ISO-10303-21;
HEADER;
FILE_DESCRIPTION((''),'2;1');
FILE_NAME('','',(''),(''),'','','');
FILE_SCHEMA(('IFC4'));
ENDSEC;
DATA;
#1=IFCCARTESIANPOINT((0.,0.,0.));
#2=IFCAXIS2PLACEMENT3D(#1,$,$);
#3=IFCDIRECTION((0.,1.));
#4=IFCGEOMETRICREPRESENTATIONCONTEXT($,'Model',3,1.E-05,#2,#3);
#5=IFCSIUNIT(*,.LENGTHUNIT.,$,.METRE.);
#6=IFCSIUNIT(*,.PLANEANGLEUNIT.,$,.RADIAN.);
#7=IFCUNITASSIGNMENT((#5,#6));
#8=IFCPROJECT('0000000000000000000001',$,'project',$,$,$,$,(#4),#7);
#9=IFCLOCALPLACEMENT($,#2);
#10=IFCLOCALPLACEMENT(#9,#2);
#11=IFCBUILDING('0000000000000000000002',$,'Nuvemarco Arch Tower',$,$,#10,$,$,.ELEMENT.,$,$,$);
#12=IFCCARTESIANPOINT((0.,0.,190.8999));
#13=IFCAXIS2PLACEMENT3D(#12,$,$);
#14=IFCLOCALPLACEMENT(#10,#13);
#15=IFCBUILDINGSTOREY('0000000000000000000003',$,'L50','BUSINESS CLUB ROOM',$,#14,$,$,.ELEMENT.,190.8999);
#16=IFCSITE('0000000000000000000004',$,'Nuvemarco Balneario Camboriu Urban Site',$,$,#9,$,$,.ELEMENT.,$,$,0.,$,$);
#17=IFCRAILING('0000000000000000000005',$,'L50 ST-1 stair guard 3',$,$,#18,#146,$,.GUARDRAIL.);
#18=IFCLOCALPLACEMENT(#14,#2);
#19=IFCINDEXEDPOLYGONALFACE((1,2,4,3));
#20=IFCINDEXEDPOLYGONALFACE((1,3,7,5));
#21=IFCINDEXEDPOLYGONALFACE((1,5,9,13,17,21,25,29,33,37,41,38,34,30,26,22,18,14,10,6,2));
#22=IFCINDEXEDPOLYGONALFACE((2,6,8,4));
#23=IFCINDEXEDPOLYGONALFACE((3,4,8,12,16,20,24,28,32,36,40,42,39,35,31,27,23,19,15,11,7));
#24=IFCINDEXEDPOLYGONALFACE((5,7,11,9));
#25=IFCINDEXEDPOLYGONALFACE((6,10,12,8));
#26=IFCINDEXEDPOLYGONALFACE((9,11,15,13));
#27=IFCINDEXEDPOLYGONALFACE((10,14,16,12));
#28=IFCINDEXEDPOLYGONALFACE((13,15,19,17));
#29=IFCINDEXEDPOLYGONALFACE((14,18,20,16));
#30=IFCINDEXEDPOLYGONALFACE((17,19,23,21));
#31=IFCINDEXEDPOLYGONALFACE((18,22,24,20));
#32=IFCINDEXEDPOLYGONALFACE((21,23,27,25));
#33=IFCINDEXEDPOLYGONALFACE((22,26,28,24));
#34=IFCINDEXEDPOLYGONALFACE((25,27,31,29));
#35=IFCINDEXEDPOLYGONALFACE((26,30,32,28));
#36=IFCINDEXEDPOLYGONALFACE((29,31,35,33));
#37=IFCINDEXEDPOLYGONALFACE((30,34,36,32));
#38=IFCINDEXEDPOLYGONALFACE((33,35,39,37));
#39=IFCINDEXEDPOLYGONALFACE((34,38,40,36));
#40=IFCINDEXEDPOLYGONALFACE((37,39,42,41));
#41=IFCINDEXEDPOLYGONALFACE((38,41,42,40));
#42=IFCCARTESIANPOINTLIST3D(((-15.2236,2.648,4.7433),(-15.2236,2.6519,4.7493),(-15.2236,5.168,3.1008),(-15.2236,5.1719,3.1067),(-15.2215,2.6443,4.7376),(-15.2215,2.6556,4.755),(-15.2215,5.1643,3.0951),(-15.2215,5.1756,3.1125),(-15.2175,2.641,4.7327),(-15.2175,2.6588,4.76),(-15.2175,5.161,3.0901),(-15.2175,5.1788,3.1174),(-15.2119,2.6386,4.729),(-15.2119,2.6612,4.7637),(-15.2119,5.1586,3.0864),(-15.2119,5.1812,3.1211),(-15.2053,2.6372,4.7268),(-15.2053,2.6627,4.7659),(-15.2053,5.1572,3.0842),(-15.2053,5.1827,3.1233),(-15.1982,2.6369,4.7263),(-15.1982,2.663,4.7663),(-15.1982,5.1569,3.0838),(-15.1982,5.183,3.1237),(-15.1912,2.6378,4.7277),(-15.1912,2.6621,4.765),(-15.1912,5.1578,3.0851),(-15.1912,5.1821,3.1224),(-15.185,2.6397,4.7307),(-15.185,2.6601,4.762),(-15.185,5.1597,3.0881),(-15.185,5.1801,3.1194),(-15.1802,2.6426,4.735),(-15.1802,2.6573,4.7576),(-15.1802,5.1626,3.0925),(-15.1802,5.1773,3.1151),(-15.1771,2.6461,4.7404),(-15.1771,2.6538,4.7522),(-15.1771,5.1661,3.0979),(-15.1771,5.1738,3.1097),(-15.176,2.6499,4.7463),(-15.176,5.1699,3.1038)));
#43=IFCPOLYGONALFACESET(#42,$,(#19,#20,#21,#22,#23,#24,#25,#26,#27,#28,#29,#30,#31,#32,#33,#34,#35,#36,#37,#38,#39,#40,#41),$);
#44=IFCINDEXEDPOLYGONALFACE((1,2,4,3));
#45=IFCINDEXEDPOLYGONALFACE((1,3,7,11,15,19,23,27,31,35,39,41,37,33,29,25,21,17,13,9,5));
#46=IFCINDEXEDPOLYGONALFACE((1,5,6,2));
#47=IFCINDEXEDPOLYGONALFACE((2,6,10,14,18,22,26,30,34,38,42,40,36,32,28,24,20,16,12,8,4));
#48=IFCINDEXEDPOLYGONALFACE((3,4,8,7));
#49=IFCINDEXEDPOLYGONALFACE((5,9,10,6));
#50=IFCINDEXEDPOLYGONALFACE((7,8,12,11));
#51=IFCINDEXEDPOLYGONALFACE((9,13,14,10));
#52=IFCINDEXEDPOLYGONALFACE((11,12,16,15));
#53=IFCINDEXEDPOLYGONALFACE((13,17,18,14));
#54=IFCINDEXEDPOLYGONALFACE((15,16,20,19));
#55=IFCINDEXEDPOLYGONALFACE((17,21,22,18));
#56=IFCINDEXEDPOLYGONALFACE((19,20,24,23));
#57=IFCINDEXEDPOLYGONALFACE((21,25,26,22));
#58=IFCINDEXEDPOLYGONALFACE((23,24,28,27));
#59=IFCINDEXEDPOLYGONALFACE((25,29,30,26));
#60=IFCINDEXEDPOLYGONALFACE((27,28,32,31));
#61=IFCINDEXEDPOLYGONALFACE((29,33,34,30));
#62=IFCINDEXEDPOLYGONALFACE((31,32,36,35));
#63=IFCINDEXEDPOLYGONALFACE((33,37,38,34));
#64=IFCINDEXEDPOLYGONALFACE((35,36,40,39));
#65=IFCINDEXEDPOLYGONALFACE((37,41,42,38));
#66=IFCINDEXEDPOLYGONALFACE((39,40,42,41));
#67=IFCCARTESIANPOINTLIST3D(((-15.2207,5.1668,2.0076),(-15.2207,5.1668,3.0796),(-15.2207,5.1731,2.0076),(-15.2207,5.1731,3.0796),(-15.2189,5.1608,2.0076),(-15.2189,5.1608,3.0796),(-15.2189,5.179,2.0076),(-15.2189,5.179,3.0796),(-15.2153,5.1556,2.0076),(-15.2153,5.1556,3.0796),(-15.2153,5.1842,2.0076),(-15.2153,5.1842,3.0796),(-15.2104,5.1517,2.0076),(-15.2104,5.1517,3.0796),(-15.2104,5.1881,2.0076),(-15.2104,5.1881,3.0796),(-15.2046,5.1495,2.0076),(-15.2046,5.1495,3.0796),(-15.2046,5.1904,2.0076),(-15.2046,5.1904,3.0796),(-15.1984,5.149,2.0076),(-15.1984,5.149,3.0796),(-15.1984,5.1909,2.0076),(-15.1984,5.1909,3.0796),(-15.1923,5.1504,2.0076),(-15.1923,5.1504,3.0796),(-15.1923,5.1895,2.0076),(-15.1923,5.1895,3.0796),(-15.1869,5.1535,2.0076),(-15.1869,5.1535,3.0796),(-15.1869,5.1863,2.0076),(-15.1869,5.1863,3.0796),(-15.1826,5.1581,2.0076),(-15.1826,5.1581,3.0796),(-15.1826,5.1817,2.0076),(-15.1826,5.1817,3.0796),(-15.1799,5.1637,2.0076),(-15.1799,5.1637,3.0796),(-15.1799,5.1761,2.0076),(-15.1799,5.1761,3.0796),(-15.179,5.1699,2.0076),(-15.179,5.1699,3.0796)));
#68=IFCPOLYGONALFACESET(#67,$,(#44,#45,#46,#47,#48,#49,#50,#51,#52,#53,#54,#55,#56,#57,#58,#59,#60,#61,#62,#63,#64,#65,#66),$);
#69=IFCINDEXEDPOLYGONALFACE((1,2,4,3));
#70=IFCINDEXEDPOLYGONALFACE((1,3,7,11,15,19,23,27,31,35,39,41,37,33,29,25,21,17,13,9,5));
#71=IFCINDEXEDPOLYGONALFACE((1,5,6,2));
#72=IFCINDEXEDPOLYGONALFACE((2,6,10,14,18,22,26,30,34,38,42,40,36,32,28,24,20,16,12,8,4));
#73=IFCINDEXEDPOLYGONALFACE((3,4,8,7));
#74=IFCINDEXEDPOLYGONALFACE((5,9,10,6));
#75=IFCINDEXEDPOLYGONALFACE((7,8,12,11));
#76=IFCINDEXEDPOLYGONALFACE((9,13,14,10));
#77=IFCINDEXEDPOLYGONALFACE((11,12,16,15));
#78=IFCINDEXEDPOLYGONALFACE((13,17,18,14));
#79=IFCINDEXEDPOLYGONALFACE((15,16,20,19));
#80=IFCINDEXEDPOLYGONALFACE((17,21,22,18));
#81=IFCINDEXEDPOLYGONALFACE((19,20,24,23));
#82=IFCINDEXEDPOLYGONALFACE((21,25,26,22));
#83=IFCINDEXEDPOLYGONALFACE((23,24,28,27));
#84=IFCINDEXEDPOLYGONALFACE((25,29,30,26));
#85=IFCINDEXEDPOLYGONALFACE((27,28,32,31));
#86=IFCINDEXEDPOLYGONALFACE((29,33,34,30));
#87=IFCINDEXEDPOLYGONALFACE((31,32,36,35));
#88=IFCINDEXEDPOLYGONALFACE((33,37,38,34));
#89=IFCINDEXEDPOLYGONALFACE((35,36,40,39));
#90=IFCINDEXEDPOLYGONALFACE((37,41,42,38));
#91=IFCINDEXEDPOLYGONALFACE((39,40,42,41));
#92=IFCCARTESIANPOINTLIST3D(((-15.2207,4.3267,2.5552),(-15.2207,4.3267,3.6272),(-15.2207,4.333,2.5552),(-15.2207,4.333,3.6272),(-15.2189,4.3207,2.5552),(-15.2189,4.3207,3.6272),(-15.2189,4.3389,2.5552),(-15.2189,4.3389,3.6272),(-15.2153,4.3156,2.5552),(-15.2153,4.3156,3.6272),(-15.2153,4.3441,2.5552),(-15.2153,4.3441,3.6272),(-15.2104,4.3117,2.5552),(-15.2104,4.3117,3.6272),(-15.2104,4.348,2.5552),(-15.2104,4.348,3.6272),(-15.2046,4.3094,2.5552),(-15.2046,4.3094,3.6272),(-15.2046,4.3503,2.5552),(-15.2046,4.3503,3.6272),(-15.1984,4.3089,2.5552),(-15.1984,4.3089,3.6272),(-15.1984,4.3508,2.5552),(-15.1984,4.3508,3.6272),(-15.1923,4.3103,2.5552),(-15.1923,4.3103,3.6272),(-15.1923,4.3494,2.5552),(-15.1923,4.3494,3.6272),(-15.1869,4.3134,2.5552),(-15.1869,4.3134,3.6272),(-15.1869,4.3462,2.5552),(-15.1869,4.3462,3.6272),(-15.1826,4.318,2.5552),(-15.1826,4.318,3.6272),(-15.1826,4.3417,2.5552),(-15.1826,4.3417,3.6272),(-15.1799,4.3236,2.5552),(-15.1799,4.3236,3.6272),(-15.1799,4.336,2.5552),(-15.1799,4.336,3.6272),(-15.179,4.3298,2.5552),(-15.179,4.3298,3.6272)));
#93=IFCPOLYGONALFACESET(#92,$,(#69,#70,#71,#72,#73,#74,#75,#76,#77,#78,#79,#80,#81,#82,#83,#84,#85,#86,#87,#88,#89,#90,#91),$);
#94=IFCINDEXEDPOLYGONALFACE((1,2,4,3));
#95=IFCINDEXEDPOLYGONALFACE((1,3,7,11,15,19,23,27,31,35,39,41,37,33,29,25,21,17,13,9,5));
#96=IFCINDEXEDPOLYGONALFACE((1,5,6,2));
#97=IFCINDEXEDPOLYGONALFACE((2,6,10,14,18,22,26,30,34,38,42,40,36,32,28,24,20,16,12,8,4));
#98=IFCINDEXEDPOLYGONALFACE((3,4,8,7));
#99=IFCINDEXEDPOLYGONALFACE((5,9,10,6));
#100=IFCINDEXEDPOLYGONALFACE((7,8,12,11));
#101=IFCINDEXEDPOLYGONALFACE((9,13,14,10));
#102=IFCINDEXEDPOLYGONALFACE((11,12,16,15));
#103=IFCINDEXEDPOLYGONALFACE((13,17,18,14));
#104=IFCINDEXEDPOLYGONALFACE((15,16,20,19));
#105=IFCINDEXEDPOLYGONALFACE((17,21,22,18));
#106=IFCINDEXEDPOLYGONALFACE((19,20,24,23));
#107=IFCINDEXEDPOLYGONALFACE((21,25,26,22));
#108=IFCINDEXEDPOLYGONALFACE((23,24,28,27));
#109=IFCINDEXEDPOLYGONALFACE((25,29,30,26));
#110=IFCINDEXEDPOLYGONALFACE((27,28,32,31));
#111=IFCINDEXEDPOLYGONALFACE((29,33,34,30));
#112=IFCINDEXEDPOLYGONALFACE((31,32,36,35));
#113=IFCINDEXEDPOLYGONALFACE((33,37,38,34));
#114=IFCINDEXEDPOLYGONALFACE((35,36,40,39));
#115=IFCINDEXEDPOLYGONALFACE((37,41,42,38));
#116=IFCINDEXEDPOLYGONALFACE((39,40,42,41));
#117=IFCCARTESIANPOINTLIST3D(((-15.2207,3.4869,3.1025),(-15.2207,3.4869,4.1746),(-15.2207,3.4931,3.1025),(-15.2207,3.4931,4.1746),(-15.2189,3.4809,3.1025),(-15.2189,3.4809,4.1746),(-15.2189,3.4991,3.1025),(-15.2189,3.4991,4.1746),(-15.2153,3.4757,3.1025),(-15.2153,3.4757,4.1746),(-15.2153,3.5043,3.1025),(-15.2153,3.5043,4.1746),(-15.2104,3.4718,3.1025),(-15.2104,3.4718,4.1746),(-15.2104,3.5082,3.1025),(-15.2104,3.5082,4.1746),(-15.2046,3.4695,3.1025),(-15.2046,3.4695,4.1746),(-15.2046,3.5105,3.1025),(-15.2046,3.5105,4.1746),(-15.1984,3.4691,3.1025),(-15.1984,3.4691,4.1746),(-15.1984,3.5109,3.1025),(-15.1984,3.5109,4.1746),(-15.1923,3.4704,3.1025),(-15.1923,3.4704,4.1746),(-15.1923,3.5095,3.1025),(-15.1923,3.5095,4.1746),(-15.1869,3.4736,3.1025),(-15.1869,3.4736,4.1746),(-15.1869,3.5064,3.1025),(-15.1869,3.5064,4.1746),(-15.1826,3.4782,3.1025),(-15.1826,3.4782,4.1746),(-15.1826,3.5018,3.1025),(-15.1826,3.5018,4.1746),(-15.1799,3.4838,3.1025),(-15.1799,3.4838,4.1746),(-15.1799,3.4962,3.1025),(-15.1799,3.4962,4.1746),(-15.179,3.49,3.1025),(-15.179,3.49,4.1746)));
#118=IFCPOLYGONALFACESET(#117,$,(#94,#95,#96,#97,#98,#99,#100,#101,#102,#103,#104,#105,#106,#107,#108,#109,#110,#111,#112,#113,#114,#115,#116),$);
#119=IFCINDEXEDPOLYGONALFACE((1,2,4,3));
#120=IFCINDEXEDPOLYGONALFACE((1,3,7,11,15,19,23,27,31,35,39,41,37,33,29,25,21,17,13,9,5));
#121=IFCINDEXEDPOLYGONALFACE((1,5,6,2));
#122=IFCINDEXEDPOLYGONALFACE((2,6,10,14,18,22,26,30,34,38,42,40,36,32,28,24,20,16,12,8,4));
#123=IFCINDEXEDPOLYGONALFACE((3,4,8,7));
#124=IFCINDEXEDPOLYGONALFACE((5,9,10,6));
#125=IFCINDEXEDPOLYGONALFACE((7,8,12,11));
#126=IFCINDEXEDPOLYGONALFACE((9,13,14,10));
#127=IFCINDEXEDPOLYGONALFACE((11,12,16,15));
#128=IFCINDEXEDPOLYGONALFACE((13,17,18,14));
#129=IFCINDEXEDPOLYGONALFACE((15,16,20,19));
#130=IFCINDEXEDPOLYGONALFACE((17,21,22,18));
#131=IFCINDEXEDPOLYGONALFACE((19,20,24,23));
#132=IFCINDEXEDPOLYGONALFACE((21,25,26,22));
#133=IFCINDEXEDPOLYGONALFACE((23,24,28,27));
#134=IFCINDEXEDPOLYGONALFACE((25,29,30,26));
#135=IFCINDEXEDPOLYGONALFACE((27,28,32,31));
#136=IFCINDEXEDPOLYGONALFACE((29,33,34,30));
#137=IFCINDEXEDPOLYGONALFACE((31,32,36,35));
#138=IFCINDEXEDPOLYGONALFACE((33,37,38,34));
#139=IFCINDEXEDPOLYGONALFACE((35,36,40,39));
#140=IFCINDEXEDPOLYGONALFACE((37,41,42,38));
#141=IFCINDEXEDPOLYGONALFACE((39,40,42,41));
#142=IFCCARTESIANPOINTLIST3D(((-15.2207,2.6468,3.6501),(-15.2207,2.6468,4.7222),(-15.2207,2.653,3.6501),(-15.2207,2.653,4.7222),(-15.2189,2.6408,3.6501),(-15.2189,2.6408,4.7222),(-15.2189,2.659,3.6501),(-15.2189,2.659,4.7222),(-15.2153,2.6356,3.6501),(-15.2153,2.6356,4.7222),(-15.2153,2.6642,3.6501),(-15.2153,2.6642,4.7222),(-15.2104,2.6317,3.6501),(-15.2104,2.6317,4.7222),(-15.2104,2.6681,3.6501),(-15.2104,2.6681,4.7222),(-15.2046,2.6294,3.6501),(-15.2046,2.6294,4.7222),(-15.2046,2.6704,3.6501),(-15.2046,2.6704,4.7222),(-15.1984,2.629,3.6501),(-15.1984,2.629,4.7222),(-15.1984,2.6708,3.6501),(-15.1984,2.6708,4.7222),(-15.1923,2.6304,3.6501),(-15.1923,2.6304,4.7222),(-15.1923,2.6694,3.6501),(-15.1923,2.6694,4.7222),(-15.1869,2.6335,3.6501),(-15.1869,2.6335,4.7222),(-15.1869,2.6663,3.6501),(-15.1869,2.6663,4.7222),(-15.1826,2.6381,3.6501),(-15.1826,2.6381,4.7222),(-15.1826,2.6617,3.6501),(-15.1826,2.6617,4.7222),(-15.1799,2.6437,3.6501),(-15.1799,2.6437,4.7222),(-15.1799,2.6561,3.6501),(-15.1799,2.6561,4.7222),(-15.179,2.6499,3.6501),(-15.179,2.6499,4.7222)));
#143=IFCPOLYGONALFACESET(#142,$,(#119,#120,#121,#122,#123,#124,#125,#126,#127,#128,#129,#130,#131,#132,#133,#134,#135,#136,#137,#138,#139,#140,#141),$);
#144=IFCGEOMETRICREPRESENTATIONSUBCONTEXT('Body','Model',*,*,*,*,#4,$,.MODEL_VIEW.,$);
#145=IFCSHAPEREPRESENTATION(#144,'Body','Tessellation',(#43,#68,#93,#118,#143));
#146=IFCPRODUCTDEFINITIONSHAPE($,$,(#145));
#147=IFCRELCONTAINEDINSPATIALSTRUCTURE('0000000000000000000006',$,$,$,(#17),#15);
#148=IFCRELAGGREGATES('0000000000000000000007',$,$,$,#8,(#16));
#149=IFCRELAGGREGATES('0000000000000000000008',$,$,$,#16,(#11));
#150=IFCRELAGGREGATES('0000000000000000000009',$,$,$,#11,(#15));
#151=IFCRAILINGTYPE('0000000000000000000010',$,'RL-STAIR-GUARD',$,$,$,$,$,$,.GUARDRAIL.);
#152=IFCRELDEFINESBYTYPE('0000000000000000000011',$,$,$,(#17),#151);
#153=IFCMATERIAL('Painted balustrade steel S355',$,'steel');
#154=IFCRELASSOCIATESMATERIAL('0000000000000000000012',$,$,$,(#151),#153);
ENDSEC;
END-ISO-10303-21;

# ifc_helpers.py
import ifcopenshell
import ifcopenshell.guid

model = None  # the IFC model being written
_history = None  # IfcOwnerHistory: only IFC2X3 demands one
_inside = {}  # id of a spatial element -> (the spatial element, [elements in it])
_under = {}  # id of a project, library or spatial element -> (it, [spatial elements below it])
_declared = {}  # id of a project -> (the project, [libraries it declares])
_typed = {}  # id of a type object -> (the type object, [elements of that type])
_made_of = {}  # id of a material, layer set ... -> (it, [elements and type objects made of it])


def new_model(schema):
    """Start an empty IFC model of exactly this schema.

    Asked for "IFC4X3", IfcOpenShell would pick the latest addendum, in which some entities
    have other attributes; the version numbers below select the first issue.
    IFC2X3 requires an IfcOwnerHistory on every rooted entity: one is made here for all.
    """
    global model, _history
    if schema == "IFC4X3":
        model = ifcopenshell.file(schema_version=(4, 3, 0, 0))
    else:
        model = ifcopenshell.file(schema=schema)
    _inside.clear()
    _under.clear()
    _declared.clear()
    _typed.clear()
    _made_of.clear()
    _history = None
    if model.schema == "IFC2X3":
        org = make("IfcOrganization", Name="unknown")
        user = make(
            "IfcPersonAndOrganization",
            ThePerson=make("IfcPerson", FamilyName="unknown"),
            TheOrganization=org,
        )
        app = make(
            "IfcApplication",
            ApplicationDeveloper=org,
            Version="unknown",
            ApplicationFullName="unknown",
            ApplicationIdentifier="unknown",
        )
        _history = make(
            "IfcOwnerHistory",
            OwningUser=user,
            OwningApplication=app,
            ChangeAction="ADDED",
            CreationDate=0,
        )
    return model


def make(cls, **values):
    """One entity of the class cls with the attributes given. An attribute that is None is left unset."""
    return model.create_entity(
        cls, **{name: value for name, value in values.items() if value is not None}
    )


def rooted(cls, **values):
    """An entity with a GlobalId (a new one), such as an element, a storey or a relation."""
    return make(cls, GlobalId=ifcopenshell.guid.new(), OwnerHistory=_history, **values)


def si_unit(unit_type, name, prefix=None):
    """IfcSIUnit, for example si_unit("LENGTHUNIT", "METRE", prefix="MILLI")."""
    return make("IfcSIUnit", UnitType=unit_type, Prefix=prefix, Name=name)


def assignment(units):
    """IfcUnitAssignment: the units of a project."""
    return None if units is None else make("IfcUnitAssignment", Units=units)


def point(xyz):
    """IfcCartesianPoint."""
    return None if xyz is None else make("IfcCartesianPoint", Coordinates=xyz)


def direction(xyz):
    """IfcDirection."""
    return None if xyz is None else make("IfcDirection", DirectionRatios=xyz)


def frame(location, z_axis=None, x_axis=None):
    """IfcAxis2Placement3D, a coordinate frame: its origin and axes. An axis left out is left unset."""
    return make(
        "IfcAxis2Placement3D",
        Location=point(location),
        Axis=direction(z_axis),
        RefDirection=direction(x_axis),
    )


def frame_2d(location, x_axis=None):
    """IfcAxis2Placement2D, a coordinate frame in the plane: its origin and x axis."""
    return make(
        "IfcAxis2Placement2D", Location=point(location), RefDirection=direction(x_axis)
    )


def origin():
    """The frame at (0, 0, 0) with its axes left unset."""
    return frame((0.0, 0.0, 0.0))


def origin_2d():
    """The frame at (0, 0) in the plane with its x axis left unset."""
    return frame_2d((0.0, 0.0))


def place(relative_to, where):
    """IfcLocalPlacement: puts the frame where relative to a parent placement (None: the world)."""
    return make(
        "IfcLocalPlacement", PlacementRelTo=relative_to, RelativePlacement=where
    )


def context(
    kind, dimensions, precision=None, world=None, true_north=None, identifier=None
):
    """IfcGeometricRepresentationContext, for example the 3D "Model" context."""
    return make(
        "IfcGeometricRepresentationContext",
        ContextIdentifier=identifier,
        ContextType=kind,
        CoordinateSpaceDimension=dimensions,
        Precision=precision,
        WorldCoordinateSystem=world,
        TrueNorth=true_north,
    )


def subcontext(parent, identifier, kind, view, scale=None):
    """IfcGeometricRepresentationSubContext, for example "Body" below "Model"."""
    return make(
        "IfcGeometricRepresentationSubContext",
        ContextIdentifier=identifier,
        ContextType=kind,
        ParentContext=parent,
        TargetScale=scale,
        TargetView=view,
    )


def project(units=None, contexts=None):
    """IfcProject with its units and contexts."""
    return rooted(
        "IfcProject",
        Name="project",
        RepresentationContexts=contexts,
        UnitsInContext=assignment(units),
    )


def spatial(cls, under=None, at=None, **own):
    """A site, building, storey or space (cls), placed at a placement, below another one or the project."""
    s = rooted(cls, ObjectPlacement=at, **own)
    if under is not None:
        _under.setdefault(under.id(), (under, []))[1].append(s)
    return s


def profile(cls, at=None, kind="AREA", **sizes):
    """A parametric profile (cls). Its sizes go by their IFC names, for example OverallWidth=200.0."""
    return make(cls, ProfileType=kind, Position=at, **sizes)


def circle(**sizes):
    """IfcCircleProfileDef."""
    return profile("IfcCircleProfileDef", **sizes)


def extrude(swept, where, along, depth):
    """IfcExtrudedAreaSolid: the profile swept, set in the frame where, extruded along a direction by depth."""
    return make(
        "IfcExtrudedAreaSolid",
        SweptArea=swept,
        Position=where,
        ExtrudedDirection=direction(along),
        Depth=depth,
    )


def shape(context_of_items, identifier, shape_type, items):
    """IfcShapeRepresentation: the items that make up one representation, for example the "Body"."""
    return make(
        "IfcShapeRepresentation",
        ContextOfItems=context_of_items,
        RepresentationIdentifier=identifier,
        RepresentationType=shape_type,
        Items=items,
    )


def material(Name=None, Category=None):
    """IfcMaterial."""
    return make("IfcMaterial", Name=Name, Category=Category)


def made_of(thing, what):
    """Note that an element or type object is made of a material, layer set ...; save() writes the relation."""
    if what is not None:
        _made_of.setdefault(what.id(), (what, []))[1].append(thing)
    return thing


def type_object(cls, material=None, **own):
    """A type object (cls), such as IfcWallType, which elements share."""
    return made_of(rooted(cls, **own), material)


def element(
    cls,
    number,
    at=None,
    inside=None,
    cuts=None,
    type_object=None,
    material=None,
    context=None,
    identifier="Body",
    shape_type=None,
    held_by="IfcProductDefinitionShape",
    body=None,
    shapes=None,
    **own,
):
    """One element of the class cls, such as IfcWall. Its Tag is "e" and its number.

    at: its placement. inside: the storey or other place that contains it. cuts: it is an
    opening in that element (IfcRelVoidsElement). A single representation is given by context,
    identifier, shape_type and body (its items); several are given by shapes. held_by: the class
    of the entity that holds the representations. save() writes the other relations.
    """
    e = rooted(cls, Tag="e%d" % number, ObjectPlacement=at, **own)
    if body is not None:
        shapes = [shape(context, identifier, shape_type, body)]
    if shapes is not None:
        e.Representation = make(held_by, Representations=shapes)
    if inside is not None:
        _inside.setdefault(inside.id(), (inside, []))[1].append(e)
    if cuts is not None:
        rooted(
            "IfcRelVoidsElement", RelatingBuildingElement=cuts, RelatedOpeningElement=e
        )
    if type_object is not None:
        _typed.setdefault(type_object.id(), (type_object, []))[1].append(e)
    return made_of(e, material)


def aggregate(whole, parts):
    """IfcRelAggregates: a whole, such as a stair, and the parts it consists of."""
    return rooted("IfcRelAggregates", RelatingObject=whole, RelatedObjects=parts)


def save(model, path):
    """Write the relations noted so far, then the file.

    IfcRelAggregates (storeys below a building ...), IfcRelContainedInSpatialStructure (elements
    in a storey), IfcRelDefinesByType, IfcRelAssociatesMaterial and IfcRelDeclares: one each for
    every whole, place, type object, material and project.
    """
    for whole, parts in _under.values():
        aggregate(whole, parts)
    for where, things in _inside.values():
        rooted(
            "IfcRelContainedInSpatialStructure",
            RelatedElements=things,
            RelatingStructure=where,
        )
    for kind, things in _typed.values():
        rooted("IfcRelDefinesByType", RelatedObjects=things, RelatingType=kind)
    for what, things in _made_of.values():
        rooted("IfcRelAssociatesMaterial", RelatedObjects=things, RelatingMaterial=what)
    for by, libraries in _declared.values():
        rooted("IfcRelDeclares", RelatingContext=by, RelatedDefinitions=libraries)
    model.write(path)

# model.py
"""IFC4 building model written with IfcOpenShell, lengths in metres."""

from ifc_helpers import new_model, si_unit, direction, frame, origin, origin_2d, place, context, subcontext, project, spatial, circle, extrude, material, type_object, element, save


model = new_model("IFC4")

# Units and contexts
model_context = context("Model", 3, precision=1e-05, world=origin(), true_north=direction((0.0, 1.0)))
body_context = subcontext(model_context, "Body", "Model", "MODEL_VIEW")
ifc_project = project(units=[si_unit("LENGTHUNIT", "METRE"), si_unit("PLANEANGLEUNIT", "RADIAN")], contexts=[model_context])

# Site, building, storey
site_placement = place(None, origin())
site = spatial("IfcSite", under=ifc_project, at=site_placement, Name="Nuvemarco Balneario Camboriu Urban Site", CompositionType="ELEMENT", RefElevation=0.0)
building_placement = place(site_placement, origin())
building = spatial("IfcBuilding", under=site, at=building_placement, Name="Nuvemarco Arch Tower", CompositionType="ELEMENT")
storey_placement = place(building_placement, frame((0.0, 0.0, 190.8999)))
storey = spatial("IfcBuildingStorey", under=building, at=storey_placement, Name="L50", Description="BUSINESS CLUB ROOM", CompositionType="ELEMENT", Elevation=190.8999)

# Railing
ifc_material_1 = material(Name="Painted balustrade steel S355", Category="steel")
railing_type_1 = type_object("IfcRailingType", Name="RL-STAIR-GUARD", PredefinedType="GUARDRAIL", material=ifc_material_1)
railing_1_placement = place(storey_placement, frame((-15.2, 5.1699, 2.0076)))
element("IfcRailing", 1, at=railing_1_placement, inside=storey, type_object=railing_type_1, Name="L50 ST-1 stair guard 3", PredefinedType="GUARDRAIL", context=body_context, shape_type="SweptSolid", body=[
    extrude(circle(Radius=0.0239, at=origin_2d()), frame((0.0, 0.0, 1.0962), z_axis=(0.0, -0.837749, 0.546055), x_axis=(1.0, 0.0, 0.0)), (0.0, 0.0, 1.0), 3.0081),
    extrude(circle(Radius=0.021, at=origin_2d()), origin(), (0.0, 0.0, 1.0), 1.072),
    extrude(circle(Radius=0.021, at=origin_2d()), frame((0.0, -0.8401, 0.5476)), (0.0, 0.0, 1.0), 1.072),
    extrude(circle(Radius=0.021, at=origin_2d()), frame((0.0, -1.6799, 1.095)), (0.0, 0.0, 1.0), 1.072),
    extrude(circle(Radius=0.021, at=origin_2d()), frame((0.0, -2.52, 1.6426)), (0.0, 0.0, 1.0), 1.072),
])

save(model, "model.ifc")
